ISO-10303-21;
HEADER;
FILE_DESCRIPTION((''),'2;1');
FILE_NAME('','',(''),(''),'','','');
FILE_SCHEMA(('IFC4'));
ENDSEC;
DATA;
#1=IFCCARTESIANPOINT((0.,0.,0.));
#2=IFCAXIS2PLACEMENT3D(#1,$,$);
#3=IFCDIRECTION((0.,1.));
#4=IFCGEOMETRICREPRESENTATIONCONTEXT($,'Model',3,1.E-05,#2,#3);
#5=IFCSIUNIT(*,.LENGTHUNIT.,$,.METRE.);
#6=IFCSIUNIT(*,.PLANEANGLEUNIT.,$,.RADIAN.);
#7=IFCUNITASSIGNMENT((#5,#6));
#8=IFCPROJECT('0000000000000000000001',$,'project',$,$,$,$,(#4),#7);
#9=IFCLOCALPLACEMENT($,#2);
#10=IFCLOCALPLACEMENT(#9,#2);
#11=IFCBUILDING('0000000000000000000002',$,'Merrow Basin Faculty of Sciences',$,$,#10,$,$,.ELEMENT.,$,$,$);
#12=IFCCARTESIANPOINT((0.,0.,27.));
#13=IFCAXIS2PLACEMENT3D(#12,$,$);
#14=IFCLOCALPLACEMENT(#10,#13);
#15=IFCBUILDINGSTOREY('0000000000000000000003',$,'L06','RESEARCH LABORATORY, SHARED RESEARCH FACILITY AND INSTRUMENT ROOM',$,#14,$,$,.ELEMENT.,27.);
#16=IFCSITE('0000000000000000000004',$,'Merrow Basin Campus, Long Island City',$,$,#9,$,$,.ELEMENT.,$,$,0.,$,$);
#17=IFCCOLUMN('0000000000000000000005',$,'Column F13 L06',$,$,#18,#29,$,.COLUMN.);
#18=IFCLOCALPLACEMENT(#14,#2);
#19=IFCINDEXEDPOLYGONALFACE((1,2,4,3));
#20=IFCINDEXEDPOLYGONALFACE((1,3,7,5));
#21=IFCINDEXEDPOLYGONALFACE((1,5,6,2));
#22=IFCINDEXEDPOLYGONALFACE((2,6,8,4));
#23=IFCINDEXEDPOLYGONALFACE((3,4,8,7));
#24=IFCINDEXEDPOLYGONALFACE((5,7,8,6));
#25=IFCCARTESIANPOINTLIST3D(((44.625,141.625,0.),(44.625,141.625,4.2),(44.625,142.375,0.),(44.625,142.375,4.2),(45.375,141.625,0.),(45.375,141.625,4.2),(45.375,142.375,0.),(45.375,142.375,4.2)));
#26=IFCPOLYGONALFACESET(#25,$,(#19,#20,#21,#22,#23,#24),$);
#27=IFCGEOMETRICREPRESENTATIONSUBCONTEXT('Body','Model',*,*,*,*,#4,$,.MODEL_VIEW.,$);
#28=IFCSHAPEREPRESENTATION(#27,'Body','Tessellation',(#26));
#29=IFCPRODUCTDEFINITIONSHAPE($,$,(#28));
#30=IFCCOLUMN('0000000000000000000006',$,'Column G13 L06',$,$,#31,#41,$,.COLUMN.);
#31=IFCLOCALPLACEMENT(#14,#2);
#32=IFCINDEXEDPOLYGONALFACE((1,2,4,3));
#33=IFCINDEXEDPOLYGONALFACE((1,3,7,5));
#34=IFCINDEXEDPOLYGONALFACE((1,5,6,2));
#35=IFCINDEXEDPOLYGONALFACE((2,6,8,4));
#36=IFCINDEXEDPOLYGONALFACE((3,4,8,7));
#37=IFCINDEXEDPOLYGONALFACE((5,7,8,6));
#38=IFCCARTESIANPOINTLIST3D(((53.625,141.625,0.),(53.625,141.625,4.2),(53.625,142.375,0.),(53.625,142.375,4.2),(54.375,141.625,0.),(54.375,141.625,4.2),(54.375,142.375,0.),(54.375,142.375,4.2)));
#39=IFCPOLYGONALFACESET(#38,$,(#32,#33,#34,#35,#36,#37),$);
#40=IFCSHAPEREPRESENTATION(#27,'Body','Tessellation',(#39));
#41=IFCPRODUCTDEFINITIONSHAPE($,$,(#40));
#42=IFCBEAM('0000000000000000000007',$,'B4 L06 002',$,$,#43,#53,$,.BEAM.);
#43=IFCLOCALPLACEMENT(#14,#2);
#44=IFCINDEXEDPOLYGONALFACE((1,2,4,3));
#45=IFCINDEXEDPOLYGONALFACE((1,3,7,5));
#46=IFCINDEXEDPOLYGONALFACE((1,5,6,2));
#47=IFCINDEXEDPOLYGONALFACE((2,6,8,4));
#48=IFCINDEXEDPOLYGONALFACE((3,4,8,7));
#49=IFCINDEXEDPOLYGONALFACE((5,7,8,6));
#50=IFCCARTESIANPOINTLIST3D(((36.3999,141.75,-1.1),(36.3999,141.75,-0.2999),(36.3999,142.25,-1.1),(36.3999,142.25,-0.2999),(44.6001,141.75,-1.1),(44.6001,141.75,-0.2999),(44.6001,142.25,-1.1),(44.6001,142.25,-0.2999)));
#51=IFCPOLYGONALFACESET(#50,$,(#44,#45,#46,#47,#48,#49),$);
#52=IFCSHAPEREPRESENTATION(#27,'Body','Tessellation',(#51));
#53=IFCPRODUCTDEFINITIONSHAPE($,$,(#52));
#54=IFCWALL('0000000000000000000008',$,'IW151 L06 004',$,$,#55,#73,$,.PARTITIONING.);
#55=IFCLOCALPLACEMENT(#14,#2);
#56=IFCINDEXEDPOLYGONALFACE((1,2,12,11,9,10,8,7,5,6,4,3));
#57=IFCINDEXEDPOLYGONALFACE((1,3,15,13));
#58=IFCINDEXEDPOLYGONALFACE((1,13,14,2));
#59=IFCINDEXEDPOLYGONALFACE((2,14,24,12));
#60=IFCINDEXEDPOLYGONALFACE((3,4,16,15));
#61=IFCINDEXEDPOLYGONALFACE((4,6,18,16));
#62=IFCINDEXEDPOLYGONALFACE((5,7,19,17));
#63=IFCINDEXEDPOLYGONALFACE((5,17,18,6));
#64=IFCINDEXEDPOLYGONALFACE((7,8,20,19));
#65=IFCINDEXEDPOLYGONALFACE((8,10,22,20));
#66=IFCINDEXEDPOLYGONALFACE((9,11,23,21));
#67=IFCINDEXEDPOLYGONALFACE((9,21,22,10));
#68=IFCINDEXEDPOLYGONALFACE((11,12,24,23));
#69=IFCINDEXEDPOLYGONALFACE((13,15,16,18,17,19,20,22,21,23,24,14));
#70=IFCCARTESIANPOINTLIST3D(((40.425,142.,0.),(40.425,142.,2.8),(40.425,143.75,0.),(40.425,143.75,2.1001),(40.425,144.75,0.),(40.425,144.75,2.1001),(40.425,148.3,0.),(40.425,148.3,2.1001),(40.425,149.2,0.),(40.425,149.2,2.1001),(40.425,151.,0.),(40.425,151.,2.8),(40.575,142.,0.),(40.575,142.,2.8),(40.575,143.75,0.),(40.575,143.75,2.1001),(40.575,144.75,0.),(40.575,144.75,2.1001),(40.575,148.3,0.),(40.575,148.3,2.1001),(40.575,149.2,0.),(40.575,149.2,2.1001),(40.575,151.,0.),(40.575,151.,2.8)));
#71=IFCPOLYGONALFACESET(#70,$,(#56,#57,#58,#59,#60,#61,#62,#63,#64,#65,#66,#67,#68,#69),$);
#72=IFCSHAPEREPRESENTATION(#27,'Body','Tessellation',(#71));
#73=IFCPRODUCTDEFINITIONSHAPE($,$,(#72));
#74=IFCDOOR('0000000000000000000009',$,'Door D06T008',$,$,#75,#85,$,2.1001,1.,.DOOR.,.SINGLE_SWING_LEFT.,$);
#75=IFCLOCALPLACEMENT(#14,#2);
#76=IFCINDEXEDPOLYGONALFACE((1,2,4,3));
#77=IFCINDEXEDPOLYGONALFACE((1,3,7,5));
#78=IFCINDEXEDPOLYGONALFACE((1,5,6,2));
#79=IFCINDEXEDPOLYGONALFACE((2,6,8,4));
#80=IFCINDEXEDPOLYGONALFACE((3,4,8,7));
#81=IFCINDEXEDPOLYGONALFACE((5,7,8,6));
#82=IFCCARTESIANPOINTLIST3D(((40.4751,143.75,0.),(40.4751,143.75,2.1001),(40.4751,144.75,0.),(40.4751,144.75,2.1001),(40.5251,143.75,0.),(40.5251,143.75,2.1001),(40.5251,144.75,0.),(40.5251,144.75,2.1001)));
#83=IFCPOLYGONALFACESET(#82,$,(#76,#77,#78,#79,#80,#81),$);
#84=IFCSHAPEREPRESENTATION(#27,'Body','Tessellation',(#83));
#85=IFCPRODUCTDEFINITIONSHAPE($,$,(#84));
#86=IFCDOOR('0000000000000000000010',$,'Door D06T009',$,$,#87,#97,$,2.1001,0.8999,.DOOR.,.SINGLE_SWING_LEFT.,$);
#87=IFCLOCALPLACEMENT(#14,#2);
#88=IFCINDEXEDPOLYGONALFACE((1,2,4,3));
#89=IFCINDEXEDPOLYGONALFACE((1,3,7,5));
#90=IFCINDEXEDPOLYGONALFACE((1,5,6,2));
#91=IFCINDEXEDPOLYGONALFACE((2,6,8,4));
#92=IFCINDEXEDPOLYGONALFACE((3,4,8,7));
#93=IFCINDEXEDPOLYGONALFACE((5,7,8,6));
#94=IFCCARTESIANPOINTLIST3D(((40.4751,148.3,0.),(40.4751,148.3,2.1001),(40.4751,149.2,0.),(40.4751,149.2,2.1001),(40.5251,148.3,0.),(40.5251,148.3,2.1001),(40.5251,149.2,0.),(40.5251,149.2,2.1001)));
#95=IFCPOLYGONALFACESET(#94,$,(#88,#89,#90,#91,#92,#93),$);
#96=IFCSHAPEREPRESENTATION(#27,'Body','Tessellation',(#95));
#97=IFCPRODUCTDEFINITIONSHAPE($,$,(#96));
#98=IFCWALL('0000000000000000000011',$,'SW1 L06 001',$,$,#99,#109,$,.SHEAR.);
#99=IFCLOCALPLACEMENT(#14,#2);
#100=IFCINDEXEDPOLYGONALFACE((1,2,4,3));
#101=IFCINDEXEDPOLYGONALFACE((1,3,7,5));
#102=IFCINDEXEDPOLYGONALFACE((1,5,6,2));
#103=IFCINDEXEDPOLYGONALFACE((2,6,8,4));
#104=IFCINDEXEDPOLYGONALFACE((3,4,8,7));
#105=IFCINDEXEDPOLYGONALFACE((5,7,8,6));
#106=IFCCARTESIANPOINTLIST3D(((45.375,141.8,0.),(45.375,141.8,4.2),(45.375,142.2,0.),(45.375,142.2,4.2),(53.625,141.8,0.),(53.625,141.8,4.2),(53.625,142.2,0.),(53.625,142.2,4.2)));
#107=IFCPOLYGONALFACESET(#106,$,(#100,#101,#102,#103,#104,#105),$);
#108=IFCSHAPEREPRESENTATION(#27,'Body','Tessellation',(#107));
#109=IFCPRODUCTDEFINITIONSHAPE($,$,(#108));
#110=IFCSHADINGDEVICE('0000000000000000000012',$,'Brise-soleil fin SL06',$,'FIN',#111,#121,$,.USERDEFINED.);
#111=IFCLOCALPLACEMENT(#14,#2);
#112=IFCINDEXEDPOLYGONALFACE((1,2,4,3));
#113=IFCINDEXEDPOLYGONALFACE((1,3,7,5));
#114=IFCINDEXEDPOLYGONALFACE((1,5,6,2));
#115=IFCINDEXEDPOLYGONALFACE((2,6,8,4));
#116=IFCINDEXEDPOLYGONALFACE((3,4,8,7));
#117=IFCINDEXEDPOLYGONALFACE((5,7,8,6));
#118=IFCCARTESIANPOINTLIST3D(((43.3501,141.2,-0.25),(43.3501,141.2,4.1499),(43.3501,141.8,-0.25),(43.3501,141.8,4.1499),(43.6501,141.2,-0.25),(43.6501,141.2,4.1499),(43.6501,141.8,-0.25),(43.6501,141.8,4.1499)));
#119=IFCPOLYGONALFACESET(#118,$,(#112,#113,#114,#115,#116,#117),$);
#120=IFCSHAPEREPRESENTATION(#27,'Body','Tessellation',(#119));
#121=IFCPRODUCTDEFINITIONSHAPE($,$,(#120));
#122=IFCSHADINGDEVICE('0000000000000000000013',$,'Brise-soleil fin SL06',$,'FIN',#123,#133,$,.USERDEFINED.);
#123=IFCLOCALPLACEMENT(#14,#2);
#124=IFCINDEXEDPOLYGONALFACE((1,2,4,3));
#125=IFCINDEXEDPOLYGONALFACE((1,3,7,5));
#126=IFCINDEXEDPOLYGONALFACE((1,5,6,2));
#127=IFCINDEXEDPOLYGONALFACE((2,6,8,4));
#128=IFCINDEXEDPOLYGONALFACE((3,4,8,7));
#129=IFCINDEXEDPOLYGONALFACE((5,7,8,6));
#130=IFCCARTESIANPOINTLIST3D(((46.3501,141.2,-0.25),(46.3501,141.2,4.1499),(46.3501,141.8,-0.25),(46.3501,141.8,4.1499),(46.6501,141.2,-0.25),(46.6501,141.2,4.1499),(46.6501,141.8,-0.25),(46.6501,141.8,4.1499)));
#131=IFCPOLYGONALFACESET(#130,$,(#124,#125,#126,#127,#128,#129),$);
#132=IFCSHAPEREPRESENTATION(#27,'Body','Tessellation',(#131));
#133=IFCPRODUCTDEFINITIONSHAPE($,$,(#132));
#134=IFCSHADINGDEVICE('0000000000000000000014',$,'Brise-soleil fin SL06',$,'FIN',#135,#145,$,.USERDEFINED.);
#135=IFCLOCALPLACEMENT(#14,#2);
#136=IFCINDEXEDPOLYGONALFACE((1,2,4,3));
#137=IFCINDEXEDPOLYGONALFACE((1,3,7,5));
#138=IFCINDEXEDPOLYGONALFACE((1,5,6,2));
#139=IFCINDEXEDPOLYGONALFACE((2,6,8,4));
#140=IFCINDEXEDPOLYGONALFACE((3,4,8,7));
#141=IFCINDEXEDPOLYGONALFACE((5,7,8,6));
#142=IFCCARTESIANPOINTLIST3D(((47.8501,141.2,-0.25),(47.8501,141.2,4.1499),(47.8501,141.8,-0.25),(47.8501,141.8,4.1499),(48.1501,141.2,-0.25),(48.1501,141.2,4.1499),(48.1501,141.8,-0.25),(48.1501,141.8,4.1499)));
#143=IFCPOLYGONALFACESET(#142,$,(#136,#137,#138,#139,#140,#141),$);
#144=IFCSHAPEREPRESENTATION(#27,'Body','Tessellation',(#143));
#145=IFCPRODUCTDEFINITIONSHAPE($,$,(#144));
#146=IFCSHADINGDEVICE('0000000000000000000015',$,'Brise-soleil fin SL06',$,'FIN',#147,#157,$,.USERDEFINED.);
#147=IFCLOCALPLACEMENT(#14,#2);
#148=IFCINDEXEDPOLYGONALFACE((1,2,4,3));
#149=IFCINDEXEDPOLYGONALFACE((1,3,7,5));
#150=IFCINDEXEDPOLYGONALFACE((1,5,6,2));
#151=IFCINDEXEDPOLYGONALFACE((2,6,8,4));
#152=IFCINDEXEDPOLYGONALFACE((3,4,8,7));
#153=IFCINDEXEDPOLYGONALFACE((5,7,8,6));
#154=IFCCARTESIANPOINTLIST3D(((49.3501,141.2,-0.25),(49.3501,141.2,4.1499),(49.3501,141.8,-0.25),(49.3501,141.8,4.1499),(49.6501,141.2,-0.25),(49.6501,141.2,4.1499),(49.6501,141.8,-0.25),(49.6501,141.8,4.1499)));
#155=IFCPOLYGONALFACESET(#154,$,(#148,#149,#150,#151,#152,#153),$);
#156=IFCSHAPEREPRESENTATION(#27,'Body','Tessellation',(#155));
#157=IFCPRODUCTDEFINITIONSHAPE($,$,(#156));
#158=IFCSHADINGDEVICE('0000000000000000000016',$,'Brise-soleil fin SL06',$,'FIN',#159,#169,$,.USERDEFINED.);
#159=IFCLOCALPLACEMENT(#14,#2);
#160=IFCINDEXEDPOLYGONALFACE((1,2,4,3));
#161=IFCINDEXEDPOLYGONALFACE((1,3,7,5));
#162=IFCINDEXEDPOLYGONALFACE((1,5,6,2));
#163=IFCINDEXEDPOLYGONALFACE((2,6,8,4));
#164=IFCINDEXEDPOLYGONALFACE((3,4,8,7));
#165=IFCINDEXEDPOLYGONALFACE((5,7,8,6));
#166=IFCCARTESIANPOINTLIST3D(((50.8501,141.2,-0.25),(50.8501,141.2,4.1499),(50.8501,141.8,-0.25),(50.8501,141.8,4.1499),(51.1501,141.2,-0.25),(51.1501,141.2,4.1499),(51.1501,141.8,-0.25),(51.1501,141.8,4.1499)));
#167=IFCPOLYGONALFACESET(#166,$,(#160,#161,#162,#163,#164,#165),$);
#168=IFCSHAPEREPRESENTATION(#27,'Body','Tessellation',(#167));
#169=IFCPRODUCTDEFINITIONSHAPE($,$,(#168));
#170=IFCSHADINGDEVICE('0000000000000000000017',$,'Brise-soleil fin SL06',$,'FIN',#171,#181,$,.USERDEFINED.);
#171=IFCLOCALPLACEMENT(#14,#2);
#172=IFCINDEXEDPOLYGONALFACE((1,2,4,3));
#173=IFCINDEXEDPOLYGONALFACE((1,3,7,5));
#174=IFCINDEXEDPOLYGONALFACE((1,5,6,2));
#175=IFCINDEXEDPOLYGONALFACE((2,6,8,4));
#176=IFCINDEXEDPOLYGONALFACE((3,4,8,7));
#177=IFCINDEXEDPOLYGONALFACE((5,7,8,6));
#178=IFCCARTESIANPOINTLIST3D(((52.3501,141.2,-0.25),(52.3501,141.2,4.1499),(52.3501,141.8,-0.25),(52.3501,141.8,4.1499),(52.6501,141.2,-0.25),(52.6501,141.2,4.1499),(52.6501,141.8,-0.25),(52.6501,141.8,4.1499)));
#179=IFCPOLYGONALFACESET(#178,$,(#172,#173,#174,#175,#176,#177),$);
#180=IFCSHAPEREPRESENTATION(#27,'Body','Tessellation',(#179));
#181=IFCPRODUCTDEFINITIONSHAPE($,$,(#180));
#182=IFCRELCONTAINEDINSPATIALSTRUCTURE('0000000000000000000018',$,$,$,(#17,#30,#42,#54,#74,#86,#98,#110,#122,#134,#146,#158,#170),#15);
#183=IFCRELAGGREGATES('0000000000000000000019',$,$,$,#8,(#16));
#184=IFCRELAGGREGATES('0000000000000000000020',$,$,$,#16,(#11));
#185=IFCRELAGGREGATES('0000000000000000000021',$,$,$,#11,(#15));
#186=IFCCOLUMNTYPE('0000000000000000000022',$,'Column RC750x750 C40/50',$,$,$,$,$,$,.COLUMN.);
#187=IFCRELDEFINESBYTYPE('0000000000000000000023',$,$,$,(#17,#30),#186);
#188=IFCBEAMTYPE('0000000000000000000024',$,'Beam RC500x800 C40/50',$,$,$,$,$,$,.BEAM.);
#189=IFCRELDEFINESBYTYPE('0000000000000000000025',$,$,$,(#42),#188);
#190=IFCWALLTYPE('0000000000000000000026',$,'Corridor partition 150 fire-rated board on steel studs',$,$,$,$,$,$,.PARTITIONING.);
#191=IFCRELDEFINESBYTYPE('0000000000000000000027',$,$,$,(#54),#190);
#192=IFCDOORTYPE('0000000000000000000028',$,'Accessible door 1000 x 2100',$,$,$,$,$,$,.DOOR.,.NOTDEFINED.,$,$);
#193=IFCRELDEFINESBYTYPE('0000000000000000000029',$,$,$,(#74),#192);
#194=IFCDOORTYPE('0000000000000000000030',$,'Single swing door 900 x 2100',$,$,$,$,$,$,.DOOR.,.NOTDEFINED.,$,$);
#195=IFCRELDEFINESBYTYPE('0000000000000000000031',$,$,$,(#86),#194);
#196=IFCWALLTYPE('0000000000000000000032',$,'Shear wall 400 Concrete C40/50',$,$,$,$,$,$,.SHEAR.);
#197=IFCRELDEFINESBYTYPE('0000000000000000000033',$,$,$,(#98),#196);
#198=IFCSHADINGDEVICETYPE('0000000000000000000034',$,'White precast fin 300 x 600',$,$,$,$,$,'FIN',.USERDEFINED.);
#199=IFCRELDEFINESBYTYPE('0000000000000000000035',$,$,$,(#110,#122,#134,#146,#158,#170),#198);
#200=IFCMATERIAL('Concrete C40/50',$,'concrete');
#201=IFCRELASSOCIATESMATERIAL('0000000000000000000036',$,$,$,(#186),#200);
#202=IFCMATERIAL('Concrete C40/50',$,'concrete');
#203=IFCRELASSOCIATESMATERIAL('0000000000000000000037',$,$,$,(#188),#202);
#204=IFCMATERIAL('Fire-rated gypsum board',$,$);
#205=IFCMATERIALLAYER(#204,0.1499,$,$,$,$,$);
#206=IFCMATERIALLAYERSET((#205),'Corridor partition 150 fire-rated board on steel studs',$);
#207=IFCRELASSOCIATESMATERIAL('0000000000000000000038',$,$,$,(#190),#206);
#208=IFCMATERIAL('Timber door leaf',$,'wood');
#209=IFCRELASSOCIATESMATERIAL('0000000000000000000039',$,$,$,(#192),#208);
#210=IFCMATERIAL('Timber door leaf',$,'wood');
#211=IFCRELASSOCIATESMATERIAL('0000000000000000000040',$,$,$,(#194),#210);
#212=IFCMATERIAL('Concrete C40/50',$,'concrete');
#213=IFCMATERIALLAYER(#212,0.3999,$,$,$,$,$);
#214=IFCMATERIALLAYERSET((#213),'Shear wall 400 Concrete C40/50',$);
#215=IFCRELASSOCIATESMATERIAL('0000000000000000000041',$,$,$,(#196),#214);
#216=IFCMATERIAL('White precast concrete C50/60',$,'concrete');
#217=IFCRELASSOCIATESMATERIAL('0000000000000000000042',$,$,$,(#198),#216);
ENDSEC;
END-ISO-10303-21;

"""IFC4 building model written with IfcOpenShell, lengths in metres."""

from ifc_helpers import new_model, si_unit, direction, frame, frame_2d, origin, origin_2d, place, context, subcontext, project, spatial, polyline, rectangle, outline, extrude, source, transform, mapped, material, layer, layer_set, material_profile, profile_set, type_object, element, fill, save


model = new_model("IFC4")

# Units and contexts
model_context = context("Model", 3, precision=1e-05, world=origin(), true_north=direction((0.0, 1.0)))
body_context = subcontext(model_context, "Body", "Model", "MODEL_VIEW")
ifc_project = project(units=[si_unit("LENGTHUNIT", "METRE"), si_unit("PLANEANGLEUNIT", "RADIAN")], contexts=[model_context])

# Site, building, storey
site_placement = place(None, origin())
site = spatial("IfcSite", under=ifc_project, at=site_placement, Name="Merrow Basin Campus, Long Island City", CompositionType="ELEMENT", RefElevation=0.0)
building_placement = place(site_placement, origin())
building = spatial("IfcBuilding", under=site, at=building_placement, Name="Merrow Basin Faculty of Sciences", CompositionType="ELEMENT")
storey_placement = place(building_placement, frame((0.0, 0.0, 27.0)))
storey = spatial("IfcBuildingStorey", under=building, at=storey_placement, Name="L06", Description="RESEARCH LABORATORY, SHARED RESEARCH FACILITY AND INSTRUMENT ROOM", CompositionType="ELEMENT", Elevation=27.0)

# Columns
ifc_material_1 = material(Name="Concrete C40/50", Category="concrete")
ifc_material_profile_1 = material_profile(ifc_material_1, rectangle(XDim=0.75, YDim=0.75, at=origin_2d()))
ifc_profile_set_1 = profile_set([ifc_material_profile_1], Name="Concrete C40/50")
column_type = type_object("IfcColumnType", Name="Column RC750x750 C40/50", PredefinedType="COLUMN", material=ifc_profile_set_1)
for number, where, z_axis, x_axis, name in (
    (1, (45.0, 142.0, 0.0), (0.0, 0.0, 1.0), (1.0, 0.0, 0.0), "Column F13 L06"),
    (2, (54.0, 142.0, 0.0), (0.0, 0.0, 1.0), (1.0, 0.0, 0.0), "Column G13 L06"),
):
    element("IfcColumn", number, at=place(storey_placement, frame(where, z_axis=z_axis, x_axis=x_axis)), inside=storey, type_object=column_type, Name=name, PredefinedType="COLUMN", context=body_context, shape_type="SweptSolid", body=[
        extrude(rectangle(XDim=0.75, YDim=0.75, at=origin_2d()), origin(), (0.0, 0.0, 1.0), 4.2),
    ])

# Beam
ifc_material_2 = material(Name="Concrete C40/50", Category="concrete")
ifc_material_profile_2 = material_profile(ifc_material_2, rectangle(XDim=0.5, YDim=0.8, at=origin_2d()))
ifc_profile_set_2 = profile_set([ifc_material_profile_2], Name="Concrete C40/50")
beam_type = type_object("IfcBeamType", Name="Beam RC500x800 C40/50", PredefinedType="BEAM", material=ifc_profile_set_2)
beam_placement = place(storey_placement, frame((36.3999, 142.0, -0.7), z_axis=(1.0, 0.0, 0.0), x_axis=(0.0, 1.0, 0.0)))
element("IfcBeam", 3, at=beam_placement, inside=storey, type_object=beam_type, Name="B4 L06 002", PredefinedType="BEAM", context=body_context, shape_type="SweptSolid", body=[
    extrude(rectangle(XDim=0.5, YDim=0.8, at=origin_2d()), origin(), (0.0, 0.0, 1.0), 8.2002),
])

# Wall, openings, doors
ifc_material_3 = material(Name="Fire-rated gypsum board")
ifc_layer_1 = layer(ifc_material_3, 0.1499)
ifc_layer_set_1 = layer_set([ifc_layer_1], Name="Corridor partition 150 fire-rated board on steel studs")
wall_type_1 = type_object("IfcWallType", Name="Corridor partition 150 fire-rated board on steel studs", PredefinedType="PARTITIONING", material=ifc_layer_set_1)
wall_1_placement = place(storey_placement, frame((40.5, 142.0, 0.0), z_axis=(0.0, 0.0, 1.0), x_axis=(0.0, 1.0, 0.0)))
wall_1 = element("IfcWall", 4, at=wall_1_placement, inside=storey, type_object=wall_type_1, Name="IW151 L06 004", PredefinedType="PARTITIONING", context=body_context, shape_type="SweptSolid", body=[
    extrude(rectangle(XDim=9.0, YDim=0.1499, at=frame_2d((4.5, 0.0))), origin(), (0.0, 0.0, 1.0), 2.8),
])
opening_1_placement = place(wall_1_placement, frame((1.75, 0.0, 0.0)))
opening_1 = element("IfcOpeningElement", 5, at=opening_1_placement, cuts=wall_1, PredefinedType="OPENING", context=body_context, shape_type="SweptSolid", body=[
    extrude(rectangle(XDim=1.0, YDim=2.1001, at=frame_2d((0.5, 1.05))), frame((0.0, 0.085, 0.0), z_axis=(0.0, -1.0, 0.0), x_axis=(1.0, 0.0, 0.0)), (0.0, 0.0, 1.0), 0.1699),
])
opening_2_placement = place(wall_1_placement, frame((6.3, 0.0, 0.0)))
opening_2 = element("IfcOpeningElement", 6, at=opening_2_placement, cuts=wall_1, PredefinedType="OPENING", context=body_context, shape_type="SweptSolid", body=[
    extrude(rectangle(XDim=0.8999, YDim=2.1001, at=frame_2d((0.45, 1.05))), frame((0.0, 0.085, 0.0), z_axis=(0.0, -1.0, 0.0), x_axis=(1.0, 0.0, 0.0)), (0.0, 0.0, 1.0), 0.1699),
])
ifc_material_4 = material(Name="Timber door leaf", Category="wood")
door_type_1 = type_object("IfcDoorType", Name="Accessible door 1000 x 2100", OperationType="NOTDEFINED", PredefinedType="DOOR", material=ifc_material_4)
door_1_placement = place(opening_1_placement, origin())
door_1 = element("IfcDoor", 7, at=door_1_placement, inside=storey, type_object=door_type_1, Name="Door D06T008", OperationType="SINGLE_SWING_LEFT", OverallHeight=2.1001, OverallWidth=1.0, PredefinedType="DOOR", context=body_context, shape_type="SweptSolid", body=[
    extrude(rectangle(XDim=1.0, YDim=2.1001, at=frame_2d((0.5, 1.05))), frame((0.0, 0.0249, 0.0), z_axis=(0.0, -1.0, 0.0), x_axis=(1.0, 0.0, 0.0)), (0.0, 0.0, 1.0), 0.05),
])
fill(opening_1, door_1)
ifc_material_5 = material(Name="Timber door leaf", Category="wood")
door_type_2 = type_object("IfcDoorType", Name="Single swing door 900 x 2100", OperationType="NOTDEFINED", PredefinedType="DOOR", material=ifc_material_5)
door_2_placement = place(opening_2_placement, origin())
door_2 = element("IfcDoor", 8, at=door_2_placement, inside=storey, type_object=door_type_2, Name="Door D06T009", OperationType="SINGLE_SWING_LEFT", OverallHeight=2.1001, OverallWidth=0.8999, PredefinedType="DOOR", context=body_context, shape_type="SweptSolid", body=[
    extrude(rectangle(XDim=0.8999, YDim=2.1001, at=frame_2d((0.45, 1.05))), frame((0.0, 0.0249, 0.0), z_axis=(0.0, -1.0, 0.0), x_axis=(1.0, 0.0, 0.0)), (0.0, 0.0, 1.0), 0.05),
])
fill(opening_2, door_2)

# Wall
ifc_material_6 = material(Name="Concrete C40/50", Category="concrete")
ifc_layer_2 = layer(ifc_material_6, 0.3999)
ifc_layer_set_2 = layer_set([ifc_layer_2], Name="Shear wall 400 Concrete C40/50")
wall_type_2 = type_object("IfcWallType", Name="Shear wall 400 Concrete C40/50", PredefinedType="SHEAR", material=ifc_layer_set_2)
wall_2_placement = place(storey_placement, frame((45.375, 142.0, 0.0), z_axis=(0.0, 0.0, 1.0), x_axis=(1.0, 0.0, 0.0)))
element("IfcWall", 9, at=wall_2_placement, inside=storey, type_object=wall_type_2, Name="SW1 L06 001", PredefinedType="SHEAR", context=body_context, shape_type="SweptSolid", body=[
    extrude(rectangle(XDim=8.25, YDim=0.3999, at=frame_2d((4.125, 0.0))), origin(), (0.0, 0.0, 1.0), 4.2),
])

# Shading devices
ifc_material_7 = material(Name="White precast concrete C50/60", Category="concrete")
shading_device_type = type_object("IfcShadingDeviceType", Name="White precast fin 300 x 600", ElementType="FIN", PredefinedType="USERDEFINED", material=ifc_material_7)
shared_shape_1 = source(origin(), body_context, "Body", "SweptSolid", [
    extrude(outline(polyline([(0.0, 0.0), (0.3, 0.0), (0.3, 4.3999), (0.0, 4.3999), (0.0, 0.0)])), origin(), (0.0, 0.0, 1.0), 0.6001),
])
for number, where, z_axis, x_axis, name in (
    (10, (43.3501, 141.8, -0.25), (0.0, -1.0, 0.0), (1.0, 0.0, 0.0), "Brise-soleil fin SL06"),
    (11, (46.3501, 141.8, -0.25), (0.0, -1.0, 0.0), (1.0, 0.0, 0.0), "Brise-soleil fin SL06"),
    (12, (47.8501, 141.8, -0.25), (0.0, -1.0, 0.0), (1.0, 0.0, 0.0), "Brise-soleil fin SL06"),
    (13, (49.3501, 141.8, -0.25), (0.0, -1.0, 0.0), (1.0, 0.0, 0.0), "Brise-soleil fin SL06"),
    (14, (50.8501, 141.8, -0.25), (0.0, -1.0, 0.0), (1.0, 0.0, 0.0), "Brise-soleil fin SL06"),
    (15, (52.3501, 141.8, -0.25), (0.0, -1.0, 0.0), (1.0, 0.0, 0.0), "Brise-soleil fin SL06"),
):
    element("IfcShadingDevice", number, at=place(storey_placement, frame(where, z_axis=z_axis, x_axis=x_axis)), inside=storey, type_object=shading_device_type, Name=name, ObjectType="FIN", PredefinedType="USERDEFINED", context=body_context, shape_type="MappedRepresentation", body=[
        mapped(shared_shape_1, transform((0.0, 0.0, 0.0), scale=1.0)),
    ])

save(model, "model.ifc")
